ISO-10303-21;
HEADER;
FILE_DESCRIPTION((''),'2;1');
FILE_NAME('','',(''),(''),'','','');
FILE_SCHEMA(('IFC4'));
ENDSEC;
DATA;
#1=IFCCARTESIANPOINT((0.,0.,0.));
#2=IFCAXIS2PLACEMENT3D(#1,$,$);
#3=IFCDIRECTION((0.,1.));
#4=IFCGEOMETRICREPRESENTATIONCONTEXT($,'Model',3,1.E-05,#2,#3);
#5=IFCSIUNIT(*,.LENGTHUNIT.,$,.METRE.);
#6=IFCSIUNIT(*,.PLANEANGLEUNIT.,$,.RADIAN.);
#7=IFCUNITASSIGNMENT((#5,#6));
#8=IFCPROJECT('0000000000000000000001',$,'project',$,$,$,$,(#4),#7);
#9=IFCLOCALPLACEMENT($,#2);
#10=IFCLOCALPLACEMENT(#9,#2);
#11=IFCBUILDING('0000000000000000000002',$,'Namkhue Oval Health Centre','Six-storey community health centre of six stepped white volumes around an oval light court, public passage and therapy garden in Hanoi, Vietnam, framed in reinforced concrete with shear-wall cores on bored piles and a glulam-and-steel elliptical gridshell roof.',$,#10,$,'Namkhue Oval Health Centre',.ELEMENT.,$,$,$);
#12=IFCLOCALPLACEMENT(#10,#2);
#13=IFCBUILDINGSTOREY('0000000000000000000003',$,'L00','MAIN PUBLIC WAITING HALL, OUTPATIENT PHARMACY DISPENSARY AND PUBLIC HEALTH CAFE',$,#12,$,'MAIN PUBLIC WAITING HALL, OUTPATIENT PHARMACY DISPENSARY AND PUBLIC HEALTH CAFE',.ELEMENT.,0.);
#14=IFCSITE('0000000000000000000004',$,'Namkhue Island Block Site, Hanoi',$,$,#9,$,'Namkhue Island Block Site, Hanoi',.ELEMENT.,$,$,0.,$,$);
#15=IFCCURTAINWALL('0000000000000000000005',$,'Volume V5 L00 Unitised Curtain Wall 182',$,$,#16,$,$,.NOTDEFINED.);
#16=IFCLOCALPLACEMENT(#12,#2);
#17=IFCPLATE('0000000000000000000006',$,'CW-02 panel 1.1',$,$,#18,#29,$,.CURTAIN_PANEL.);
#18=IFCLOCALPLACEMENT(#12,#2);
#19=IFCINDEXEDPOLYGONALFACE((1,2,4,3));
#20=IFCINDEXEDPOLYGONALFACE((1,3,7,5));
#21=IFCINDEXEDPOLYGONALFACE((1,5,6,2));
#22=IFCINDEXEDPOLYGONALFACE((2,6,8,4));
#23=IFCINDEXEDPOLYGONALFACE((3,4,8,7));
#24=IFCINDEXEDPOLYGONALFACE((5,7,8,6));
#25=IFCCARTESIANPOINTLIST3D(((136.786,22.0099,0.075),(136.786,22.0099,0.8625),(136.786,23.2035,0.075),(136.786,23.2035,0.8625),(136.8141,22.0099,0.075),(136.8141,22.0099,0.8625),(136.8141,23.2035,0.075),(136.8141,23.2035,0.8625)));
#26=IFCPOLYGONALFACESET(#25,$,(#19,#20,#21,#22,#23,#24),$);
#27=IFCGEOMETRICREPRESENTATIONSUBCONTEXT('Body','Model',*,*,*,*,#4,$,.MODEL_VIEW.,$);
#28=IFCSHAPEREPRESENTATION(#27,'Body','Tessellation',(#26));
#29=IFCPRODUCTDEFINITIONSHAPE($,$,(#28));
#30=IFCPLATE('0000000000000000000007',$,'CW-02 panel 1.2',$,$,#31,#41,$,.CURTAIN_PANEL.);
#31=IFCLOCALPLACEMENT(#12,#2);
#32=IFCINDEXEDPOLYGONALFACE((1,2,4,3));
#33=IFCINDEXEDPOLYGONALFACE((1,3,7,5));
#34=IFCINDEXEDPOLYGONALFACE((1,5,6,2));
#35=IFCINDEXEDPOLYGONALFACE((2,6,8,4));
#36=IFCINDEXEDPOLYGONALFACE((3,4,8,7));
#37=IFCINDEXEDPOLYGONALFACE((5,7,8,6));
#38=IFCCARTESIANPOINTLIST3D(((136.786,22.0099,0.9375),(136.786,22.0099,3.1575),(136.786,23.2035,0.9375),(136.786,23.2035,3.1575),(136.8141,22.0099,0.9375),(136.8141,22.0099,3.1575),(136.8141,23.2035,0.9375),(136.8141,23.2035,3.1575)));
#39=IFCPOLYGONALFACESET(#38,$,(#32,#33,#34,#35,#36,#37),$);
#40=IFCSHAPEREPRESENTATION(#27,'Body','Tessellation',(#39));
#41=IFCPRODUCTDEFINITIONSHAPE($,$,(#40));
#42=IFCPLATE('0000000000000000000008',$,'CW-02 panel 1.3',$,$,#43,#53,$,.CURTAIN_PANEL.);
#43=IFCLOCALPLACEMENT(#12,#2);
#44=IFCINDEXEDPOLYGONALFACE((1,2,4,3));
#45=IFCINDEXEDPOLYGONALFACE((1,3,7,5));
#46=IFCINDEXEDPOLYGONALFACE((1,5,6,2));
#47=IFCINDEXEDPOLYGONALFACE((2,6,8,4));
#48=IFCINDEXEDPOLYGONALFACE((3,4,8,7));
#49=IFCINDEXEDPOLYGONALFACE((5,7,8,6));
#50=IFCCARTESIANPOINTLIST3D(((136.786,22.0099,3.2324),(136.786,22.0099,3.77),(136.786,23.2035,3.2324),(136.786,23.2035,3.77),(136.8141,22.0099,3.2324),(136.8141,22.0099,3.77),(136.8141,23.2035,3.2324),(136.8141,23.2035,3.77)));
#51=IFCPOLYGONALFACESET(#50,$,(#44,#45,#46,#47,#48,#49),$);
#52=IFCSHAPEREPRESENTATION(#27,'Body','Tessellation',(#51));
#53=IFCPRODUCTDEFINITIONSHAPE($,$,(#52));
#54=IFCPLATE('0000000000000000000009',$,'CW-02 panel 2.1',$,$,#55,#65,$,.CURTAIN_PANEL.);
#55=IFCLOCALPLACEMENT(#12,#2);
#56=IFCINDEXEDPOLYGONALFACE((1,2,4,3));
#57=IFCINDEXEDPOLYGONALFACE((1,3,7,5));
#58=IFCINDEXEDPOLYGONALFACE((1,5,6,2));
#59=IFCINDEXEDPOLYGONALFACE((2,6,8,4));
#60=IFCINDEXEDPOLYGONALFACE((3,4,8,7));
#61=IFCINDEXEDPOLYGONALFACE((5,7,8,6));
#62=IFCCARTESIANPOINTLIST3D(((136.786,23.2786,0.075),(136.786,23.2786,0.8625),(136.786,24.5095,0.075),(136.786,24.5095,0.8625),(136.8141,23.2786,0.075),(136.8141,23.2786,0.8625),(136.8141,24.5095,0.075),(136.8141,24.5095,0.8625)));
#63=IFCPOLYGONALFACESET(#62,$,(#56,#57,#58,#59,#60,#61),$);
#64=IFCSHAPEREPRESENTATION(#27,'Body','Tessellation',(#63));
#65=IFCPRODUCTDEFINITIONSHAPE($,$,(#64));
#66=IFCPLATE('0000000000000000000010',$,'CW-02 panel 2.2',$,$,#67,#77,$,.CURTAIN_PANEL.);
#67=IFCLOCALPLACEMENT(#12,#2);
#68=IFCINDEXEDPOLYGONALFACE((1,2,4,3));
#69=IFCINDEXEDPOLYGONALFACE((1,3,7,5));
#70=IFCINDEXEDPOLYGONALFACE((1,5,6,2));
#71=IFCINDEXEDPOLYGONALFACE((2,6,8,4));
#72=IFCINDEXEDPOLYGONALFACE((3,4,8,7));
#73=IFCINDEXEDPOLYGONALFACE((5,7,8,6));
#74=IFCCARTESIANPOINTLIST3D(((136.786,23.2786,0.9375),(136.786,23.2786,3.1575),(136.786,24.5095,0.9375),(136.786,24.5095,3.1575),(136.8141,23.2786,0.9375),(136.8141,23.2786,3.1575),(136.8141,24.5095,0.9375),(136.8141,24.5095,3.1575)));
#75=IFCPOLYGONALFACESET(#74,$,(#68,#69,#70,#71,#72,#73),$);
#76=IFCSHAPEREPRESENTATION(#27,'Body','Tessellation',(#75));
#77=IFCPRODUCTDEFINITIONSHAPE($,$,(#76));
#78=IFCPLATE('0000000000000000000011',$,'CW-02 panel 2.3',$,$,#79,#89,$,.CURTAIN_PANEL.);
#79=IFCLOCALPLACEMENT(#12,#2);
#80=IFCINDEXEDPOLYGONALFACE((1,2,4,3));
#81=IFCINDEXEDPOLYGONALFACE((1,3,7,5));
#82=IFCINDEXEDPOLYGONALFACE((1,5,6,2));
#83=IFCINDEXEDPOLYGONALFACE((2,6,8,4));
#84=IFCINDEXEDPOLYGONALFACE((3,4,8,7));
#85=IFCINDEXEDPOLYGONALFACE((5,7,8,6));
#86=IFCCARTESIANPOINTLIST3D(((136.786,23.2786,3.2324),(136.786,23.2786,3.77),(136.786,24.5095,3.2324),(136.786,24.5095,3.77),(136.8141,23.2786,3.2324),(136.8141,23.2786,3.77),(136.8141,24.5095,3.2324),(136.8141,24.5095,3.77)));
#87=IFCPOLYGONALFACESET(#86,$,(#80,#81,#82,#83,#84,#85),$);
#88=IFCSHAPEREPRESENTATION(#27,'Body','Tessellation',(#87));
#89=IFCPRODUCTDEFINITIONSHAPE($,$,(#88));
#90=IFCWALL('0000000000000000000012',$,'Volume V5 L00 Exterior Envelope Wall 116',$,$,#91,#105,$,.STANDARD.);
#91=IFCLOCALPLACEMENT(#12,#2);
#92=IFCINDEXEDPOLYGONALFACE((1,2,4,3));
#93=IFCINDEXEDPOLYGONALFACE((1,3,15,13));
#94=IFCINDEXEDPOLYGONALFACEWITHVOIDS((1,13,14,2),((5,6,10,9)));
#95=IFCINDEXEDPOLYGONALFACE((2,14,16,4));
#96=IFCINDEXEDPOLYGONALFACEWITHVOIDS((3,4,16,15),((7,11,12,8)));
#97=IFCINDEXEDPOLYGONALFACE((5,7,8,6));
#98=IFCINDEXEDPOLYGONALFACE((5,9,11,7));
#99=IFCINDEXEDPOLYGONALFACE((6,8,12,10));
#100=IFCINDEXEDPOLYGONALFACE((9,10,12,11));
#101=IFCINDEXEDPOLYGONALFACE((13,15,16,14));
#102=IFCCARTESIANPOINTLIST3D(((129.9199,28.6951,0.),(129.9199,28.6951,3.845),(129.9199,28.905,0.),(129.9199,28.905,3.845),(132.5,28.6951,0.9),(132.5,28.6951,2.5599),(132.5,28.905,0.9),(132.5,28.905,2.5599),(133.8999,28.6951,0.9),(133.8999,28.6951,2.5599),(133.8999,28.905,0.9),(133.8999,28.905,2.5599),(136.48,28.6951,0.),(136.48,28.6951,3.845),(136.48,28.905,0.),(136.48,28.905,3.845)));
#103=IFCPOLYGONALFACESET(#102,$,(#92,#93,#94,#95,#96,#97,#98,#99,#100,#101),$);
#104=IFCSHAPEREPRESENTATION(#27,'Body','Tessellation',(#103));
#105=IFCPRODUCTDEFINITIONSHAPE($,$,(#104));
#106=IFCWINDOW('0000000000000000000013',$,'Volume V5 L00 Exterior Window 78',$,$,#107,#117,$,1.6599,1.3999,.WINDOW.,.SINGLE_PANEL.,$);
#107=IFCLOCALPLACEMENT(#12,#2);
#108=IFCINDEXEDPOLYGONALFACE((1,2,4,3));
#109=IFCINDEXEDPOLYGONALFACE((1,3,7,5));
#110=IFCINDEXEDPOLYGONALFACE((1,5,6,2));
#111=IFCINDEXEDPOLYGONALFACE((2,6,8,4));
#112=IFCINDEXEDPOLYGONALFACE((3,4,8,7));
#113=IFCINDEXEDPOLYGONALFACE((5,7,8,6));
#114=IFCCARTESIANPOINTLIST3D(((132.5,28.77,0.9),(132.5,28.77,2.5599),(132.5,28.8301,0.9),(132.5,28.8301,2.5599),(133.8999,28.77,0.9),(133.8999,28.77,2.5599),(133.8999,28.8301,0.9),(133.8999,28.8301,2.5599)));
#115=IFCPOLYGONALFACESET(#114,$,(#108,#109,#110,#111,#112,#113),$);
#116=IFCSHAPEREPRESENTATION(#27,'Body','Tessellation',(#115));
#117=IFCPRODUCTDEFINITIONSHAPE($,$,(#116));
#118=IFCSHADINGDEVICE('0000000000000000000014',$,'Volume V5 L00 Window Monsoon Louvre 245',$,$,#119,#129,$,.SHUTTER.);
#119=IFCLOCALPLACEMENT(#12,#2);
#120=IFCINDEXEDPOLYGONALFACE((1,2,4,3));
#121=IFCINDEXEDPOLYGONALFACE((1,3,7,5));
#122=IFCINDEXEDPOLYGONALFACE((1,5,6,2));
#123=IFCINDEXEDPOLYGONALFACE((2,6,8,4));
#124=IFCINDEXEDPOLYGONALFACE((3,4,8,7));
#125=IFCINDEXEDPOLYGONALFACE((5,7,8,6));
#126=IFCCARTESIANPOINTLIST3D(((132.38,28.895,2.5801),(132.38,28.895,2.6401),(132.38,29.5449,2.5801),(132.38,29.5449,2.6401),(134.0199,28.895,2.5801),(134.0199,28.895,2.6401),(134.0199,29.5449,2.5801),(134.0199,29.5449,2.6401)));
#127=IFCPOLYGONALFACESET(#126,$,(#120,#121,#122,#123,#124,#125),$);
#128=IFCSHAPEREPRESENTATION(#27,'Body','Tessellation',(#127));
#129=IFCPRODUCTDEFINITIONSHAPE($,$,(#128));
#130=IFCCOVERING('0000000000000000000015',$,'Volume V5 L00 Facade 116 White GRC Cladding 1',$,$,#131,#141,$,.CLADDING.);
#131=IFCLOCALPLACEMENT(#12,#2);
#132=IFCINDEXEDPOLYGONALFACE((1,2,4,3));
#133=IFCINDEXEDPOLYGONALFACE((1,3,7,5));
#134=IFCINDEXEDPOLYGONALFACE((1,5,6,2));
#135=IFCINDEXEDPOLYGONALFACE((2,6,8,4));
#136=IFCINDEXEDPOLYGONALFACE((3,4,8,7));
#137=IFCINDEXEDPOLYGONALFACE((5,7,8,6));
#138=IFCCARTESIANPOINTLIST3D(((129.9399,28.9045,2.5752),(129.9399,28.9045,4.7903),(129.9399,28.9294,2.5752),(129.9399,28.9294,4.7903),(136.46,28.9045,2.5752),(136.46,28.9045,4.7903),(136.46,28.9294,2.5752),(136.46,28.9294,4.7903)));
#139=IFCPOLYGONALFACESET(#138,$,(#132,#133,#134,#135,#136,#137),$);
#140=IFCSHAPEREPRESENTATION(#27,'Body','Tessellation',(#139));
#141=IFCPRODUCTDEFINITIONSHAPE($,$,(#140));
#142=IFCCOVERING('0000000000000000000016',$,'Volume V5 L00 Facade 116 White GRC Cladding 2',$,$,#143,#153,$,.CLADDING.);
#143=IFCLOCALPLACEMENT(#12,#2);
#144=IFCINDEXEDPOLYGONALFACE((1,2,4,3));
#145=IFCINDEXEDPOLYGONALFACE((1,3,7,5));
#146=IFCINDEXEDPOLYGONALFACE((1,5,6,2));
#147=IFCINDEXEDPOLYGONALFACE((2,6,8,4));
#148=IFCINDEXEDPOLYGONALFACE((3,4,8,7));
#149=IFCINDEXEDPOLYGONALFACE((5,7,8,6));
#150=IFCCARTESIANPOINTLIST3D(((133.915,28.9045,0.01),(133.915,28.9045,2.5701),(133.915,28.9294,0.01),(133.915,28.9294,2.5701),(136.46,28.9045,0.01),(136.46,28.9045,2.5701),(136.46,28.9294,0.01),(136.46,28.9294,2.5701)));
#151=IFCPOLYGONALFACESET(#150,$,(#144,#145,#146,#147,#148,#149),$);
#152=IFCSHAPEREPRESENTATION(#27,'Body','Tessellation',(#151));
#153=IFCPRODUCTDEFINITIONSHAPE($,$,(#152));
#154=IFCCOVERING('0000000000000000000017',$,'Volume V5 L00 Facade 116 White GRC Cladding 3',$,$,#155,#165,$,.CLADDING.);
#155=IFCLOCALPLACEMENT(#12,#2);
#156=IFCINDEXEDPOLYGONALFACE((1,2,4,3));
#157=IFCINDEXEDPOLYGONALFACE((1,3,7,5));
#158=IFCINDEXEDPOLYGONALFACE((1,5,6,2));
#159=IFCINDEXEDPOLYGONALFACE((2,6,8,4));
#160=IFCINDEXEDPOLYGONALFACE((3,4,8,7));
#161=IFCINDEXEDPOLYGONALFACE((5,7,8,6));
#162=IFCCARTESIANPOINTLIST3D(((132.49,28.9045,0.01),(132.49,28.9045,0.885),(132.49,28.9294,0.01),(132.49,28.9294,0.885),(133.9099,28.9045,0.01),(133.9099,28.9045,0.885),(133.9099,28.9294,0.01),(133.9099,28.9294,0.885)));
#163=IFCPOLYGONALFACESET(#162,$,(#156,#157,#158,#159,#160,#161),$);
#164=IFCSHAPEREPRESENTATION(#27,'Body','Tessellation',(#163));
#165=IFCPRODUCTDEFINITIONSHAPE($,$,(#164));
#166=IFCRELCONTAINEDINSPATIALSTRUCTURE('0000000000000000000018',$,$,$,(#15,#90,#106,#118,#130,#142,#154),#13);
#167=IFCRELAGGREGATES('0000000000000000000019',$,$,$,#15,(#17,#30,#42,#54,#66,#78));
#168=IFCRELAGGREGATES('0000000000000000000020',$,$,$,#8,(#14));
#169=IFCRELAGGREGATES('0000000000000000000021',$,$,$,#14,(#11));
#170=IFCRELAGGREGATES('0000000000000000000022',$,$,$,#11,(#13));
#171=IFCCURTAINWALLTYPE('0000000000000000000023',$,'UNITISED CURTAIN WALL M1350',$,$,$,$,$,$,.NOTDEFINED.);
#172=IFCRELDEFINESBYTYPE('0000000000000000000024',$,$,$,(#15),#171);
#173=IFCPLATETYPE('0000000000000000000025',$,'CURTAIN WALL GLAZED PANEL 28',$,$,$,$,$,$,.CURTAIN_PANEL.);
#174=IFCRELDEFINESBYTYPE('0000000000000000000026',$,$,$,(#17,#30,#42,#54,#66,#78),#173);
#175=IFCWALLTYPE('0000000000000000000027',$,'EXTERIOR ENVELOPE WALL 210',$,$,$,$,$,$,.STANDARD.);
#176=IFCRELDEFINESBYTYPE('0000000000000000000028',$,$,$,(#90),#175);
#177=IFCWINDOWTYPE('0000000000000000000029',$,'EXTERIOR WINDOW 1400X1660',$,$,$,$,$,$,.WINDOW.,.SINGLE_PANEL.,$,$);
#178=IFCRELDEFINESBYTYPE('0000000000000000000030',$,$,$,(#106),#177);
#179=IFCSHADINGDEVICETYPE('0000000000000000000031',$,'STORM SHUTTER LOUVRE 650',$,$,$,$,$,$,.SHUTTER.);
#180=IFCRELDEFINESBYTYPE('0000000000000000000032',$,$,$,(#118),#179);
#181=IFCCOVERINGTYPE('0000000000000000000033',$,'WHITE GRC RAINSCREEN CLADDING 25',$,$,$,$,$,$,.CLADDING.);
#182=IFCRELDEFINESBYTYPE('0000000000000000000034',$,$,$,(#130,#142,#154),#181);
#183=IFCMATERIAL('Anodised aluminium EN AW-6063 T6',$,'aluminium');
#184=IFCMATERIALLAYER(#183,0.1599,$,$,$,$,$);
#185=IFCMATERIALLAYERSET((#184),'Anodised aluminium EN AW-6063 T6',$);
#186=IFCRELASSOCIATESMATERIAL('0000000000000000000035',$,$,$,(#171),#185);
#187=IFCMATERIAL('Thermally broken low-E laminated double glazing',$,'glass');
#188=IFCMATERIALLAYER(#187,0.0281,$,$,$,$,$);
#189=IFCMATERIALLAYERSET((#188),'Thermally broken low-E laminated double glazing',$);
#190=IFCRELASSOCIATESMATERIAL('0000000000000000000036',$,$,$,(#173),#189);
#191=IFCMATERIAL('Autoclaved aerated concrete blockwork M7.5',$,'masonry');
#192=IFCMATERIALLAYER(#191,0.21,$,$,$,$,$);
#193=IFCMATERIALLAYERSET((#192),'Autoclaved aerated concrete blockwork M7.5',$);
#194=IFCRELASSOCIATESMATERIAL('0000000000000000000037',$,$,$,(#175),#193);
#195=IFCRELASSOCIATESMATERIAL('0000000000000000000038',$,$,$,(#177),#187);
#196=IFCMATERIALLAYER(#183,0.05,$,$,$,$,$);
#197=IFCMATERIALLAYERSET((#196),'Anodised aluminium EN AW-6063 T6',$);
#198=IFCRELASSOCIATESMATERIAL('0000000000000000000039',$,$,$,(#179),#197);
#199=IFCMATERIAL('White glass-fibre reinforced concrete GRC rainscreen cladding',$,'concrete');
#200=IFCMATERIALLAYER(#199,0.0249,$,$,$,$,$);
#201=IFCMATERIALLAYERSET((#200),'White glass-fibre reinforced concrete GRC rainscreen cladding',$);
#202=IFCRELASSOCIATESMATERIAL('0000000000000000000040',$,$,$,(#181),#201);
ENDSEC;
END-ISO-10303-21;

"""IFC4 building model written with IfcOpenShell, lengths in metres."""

from ifc_helpers import new_model, si_unit, direction, frame, frame_2d, origin, origin_2d, place, context, subcontext, project, spatial, rectangle, extrude, material, layer, layer_set, type_object, element, fill, aggregate, save


model = new_model("IFC4")

# Units and contexts
model_context = context("Model", 3, precision=1e-05, world=origin(), true_north=direction((0.0, 1.0)))
body_context = subcontext(model_context, "Body", "Model", "MODEL_VIEW")
ifc_project = project(units=[si_unit("LENGTHUNIT", "METRE"), si_unit("PLANEANGLEUNIT", "RADIAN")], contexts=[model_context])

# Site, building, storey
site_placement = place(None, origin())
site = spatial("IfcSite", under=ifc_project, at=site_placement, Name="Namkhue Island Block Site, Hanoi", LongName="Namkhue Island Block Site, Hanoi", CompositionType="ELEMENT", RefElevation=0.0)
building_placement = place(site_placement, origin())
building = spatial("IfcBuilding", under=site, at=building_placement, Name="Namkhue Oval Health Centre", Description="Six-storey community health centre of six stepped white volumes around an oval light court, public passage and therapy garden in Hanoi, Vietnam, framed in reinforced concrete with shear-wall cores on bored piles and a glulam-and-steel elliptical gridshell roof.", LongName="Namkhue Oval Health Centre", CompositionType="ELEMENT")
storey_placement = place(building_placement, origin())
storey = spatial("IfcBuildingStorey", under=building, at=storey_placement, Name="L00", Description="MAIN PUBLIC WAITING HALL, OUTPATIENT PHARMACY DISPENSARY AND PUBLIC HEALTH CAFE", LongName="MAIN PUBLIC WAITING HALL, OUTPATIENT PHARMACY DISPENSARY AND PUBLIC HEALTH CAFE", CompositionType="ELEMENT", Elevation=0.0)

# Shared definitions
ifc_material_1 = material(Name="Anodised aluminium EN AW-6063 T6", Category="aluminium")

# Curtain wall
ifc_layer_1 = layer(ifc_material_1, 0.1599)
ifc_layer_set_1 = layer_set([ifc_layer_1], Name="Anodised aluminium EN AW-6063 T6")
curtain_wall_type_1 = type_object("IfcCurtainWallType", Name="UNITISED CURTAIN WALL M1350", PredefinedType="NOTDEFINED", material=ifc_layer_set_1)
curtain_wall_1_placement = place(storey_placement, origin())
curtain_wall_1 = element("IfcCurtainWall", 1, at=curtain_wall_1_placement, inside=storey, type_object=curtain_wall_type_1, Name="Volume V5 L00 Unitised Curtain Wall 182", PredefinedType="NOTDEFINED")

# Plates
ifc_material_2 = material(Name="Thermally broken low-E laminated double glazing", Category="glass")
ifc_layer_2 = layer(ifc_material_2, 0.0281)
ifc_layer_set_2 = layer_set([ifc_layer_2], Name="Thermally broken low-E laminated double glazing")
plate_type_1 = type_object("IfcPlateType", Name="CURTAIN WALL GLAZED PANEL 28", PredefinedType="CURTAIN_PANEL", material=ifc_layer_set_2)
plate_1_placement = place(storey_placement, frame((136.8, 22.6067, 0.075), z_axis=(0.0, 0.0, 1.0), x_axis=(0.0, 1.0, 0.0)))
plate_1 = element("IfcPlate", 2, at=plate_1_placement, type_object=plate_type_1, Name="CW-02 panel 1.1", PredefinedType="CURTAIN_PANEL", context=body_context, shape_type="SweptSolid", body=[
    extrude(rectangle(XDim=1.1936, YDim=0.0281, at=origin_2d()), origin(), (0.0, 0.0, 1.0), 0.7876),
])
plate_2_placement = place(storey_placement, frame((136.8, 22.6067, 0.9375), z_axis=(0.0, 0.0, 1.0), x_axis=(0.0, 1.0, 0.0)))
plate_2 = element("IfcPlate", 3, at=plate_2_placement, type_object=plate_type_1, Name="CW-02 panel 1.2", PredefinedType="CURTAIN_PANEL", context=body_context, shape_type="SweptSolid", body=[
    extrude(rectangle(XDim=1.1936, YDim=0.0281, at=origin_2d()), origin(), (0.0, 0.0, 1.0), 2.22),
])
plate_3_placement = place(storey_placement, frame((136.8, 22.6067, 3.2324), z_axis=(0.0, 0.0, 1.0), x_axis=(0.0, 1.0, 0.0)))
plate_3 = element("IfcPlate", 4, at=plate_3_placement, type_object=plate_type_1, Name="CW-02 panel 1.3", PredefinedType="CURTAIN_PANEL", context=body_context, shape_type="SweptSolid", body=[
    extrude(rectangle(XDim=1.1936, YDim=0.0281, at=origin_2d()), origin(), (0.0, 0.0, 1.0), 0.5376),
])
plate_4_placement = place(storey_placement, frame((136.8, 23.894, 0.075), z_axis=(0.0, 0.0, 1.0), x_axis=(0.0, 1.0, 0.0)))
plate_4 = element("IfcPlate", 5, at=plate_4_placement, type_object=plate_type_1, Name="CW-02 panel 2.1", PredefinedType="CURTAIN_PANEL", context=body_context, shape_type="SweptSolid", body=[
    extrude(rectangle(XDim=1.231, YDim=0.0281, at=origin_2d()), origin(), (0.0, 0.0, 1.0), 0.7876),
])
plate_5_placement = place(storey_placement, frame((136.8, 23.894, 0.9375), z_axis=(0.0, 0.0, 1.0), x_axis=(0.0, 1.0, 0.0)))
plate_5 = element("IfcPlate", 6, at=plate_5_placement, type_object=plate_type_1, Name="CW-02 panel 2.2", PredefinedType="CURTAIN_PANEL", context=body_context, shape_type="SweptSolid", body=[
    extrude(rectangle(XDim=1.231, YDim=0.0281, at=origin_2d()), origin(), (0.0, 0.0, 1.0), 2.22),
])
plate_6_placement = place(storey_placement, frame((136.8, 23.894, 3.2324), z_axis=(0.0, 0.0, 1.0), x_axis=(0.0, 1.0, 0.0)))
plate_6 = element("IfcPlate", 7, at=plate_6_placement, type_object=plate_type_1, Name="CW-02 panel 2.3", PredefinedType="CURTAIN_PANEL", context=body_context, shape_type="SweptSolid", body=[
    extrude(rectangle(XDim=1.231, YDim=0.0281, at=origin_2d()), origin(), (0.0, 0.0, 1.0), 0.5376),
])
aggregate(curtain_wall_1, [plate_1, plate_2, plate_3, plate_4, plate_5, plate_6])

# Wall, opening, window
ifc_material_3 = material(Name="Autoclaved aerated concrete blockwork M7.5", Category="masonry")
ifc_layer_3 = layer(ifc_material_3, 0.21)
ifc_layer_set_3 = layer_set([ifc_layer_3], Name="Autoclaved aerated concrete blockwork M7.5")
wall_type = type_object("IfcWallType", Name="EXTERIOR ENVELOPE WALL 210", PredefinedType="STANDARD", material=ifc_layer_set_3)
wall_placement = place(storey_placement, frame((136.48, 28.8, 0.0), z_axis=(0.0, 0.0, 1.0), x_axis=(-1.0, 0.0, 0.0)))
wall = element("IfcWall", 8, at=wall_placement, inside=storey, type_object=wall_type, Name="Volume V5 L00 Exterior Envelope Wall 116", PredefinedType="STANDARD", context=body_context, shape_type="SweptSolid", body=[
    extrude(rectangle(XDim=6.5601, YDim=0.21, at=frame_2d((3.28, 0.0))), origin(), (0.0, 0.0, 1.0), 3.845),
])
opening_placement = place(wall_placement, frame((2.5801, 0.0, 0.8999)))
opening = element("IfcOpeningElement", 9, at=opening_placement, cuts=wall, PredefinedType="OPENING", context=body_context, shape_type="SweptSolid", body=[
    extrude(rectangle(XDim=1.3999, YDim=1.6599, at=frame_2d((0.7, 0.8301))), frame((0.0, 0.115, 0.0), z_axis=(0.0, -1.0, 0.0), x_axis=(1.0, 0.0, 0.0)), (0.0, 0.0, 1.0), 0.23),
])
window_type = type_object("IfcWindowType", Name="EXTERIOR WINDOW 1400X1660", PartitioningType="SINGLE_PANEL", PredefinedType="WINDOW", material=ifc_material_2)
window_placement = place(opening_placement, origin())
window = element("IfcWindow", 10, at=window_placement, inside=storey, type_object=window_type, Name="Volume V5 L00 Exterior Window 78", OverallHeight=1.6599, OverallWidth=1.3999, PartitioningType="SINGLE_PANEL", PredefinedType="WINDOW", context=body_context, shape_type="SweptSolid", body=[
    extrude(rectangle(XDim=1.3999, YDim=1.6599, at=frame_2d((0.7, 0.8301))), frame((0.0, 0.03, 0.0), z_axis=(0.0, -1.0, 0.0), x_axis=(1.0, 0.0, 0.0)), (0.0, 0.0, 1.0), 0.0601),
])
fill(opening, window)

# Shading device
ifc_layer_4 = layer(ifc_material_1, 0.05)
ifc_layer_set_4 = layer_set([ifc_layer_4], Name="Anodised aluminium EN AW-6063 T6")
shading_device_type = type_object("IfcShadingDeviceType", Name="STORM SHUTTER LOUVRE 650", PredefinedType="SHUTTER", material=ifc_layer_set_4)
shading_device_placement = place(storey_placement, frame((133.2, 29.22, 2.5801), z_axis=(0.0, 0.0, 1.0), x_axis=(-1.0, 0.0, 0.0)))
element("IfcShadingDevice", 11, at=shading_device_placement, inside=storey, type_object=shading_device_type, Name="Volume V5 L00 Window Monsoon Louvre 245", PredefinedType="SHUTTER", context=body_context, shape_type="SweptSolid", body=[
    extrude(rectangle(XDim=1.6399, YDim=0.6499, at=origin_2d()), origin(), (0.0, 0.0, 1.0), 0.0601),
])

# Coverings
ifc_material_4 = material(Name="White glass-fibre reinforced concrete GRC rainscreen cladding", Category="concrete")
ifc_layer_5 = layer(ifc_material_4, 0.0249)
ifc_layer_set_5 = layer_set([ifc_layer_5], Name="White glass-fibre reinforced concrete GRC rainscreen cladding")
covering_type = type_object("IfcCoveringType", Name="WHITE GRC RAINSCREEN CLADDING 25", PredefinedType="CLADDING", material=ifc_layer_set_5)
covering_1_placement = place(storey_placement, frame((133.2, 28.917, 2.5752), z_axis=(0.0, 0.0, 1.0), x_axis=(-1.0, 0.0, 0.0)))
element("IfcCovering", 12, at=covering_1_placement, inside=storey, type_object=covering_type, Name="Volume V5 L00 Facade 116 White GRC Cladding 1", PredefinedType="CLADDING", context=body_context, shape_type="SweptSolid", body=[
    extrude(rectangle(XDim=6.52, YDim=0.0249, at=origin_2d()), origin(), (0.0, 0.0, 1.0), 2.2151),
])
covering_2_placement = place(storey_placement, frame((135.1875, 28.917, 0.01), z_axis=(0.0, 0.0, 1.0), x_axis=(-1.0, 0.0, 0.0)))
element("IfcCovering", 13, at=covering_2_placement, inside=storey, type_object=covering_type, Name="Volume V5 L00 Facade 116 White GRC Cladding 2", PredefinedType="CLADDING", context=body_context, shape_type="SweptSolid", body=[
    extrude(rectangle(XDim=2.5449, YDim=0.0249, at=origin_2d()), origin(), (0.0, 0.0, 1.0), 2.5601),
])
covering_3_placement = place(storey_placement, frame((133.2, 28.917, 0.01), z_axis=(0.0, 0.0, 1.0), x_axis=(-1.0, 0.0, 0.0)))
element("IfcCovering", 14, at=covering_3_placement, inside=storey, type_object=covering_type, Name="Volume V5 L00 Facade 116 White GRC Cladding 3", PredefinedType="CLADDING", context=body_context, shape_type="SweptSolid", body=[
    extrude(rectangle(XDim=1.4199, YDim=0.0249, at=origin_2d()), origin(), (0.0, 0.0, 1.0), 0.875),
])

save(model, "model.ifc")
